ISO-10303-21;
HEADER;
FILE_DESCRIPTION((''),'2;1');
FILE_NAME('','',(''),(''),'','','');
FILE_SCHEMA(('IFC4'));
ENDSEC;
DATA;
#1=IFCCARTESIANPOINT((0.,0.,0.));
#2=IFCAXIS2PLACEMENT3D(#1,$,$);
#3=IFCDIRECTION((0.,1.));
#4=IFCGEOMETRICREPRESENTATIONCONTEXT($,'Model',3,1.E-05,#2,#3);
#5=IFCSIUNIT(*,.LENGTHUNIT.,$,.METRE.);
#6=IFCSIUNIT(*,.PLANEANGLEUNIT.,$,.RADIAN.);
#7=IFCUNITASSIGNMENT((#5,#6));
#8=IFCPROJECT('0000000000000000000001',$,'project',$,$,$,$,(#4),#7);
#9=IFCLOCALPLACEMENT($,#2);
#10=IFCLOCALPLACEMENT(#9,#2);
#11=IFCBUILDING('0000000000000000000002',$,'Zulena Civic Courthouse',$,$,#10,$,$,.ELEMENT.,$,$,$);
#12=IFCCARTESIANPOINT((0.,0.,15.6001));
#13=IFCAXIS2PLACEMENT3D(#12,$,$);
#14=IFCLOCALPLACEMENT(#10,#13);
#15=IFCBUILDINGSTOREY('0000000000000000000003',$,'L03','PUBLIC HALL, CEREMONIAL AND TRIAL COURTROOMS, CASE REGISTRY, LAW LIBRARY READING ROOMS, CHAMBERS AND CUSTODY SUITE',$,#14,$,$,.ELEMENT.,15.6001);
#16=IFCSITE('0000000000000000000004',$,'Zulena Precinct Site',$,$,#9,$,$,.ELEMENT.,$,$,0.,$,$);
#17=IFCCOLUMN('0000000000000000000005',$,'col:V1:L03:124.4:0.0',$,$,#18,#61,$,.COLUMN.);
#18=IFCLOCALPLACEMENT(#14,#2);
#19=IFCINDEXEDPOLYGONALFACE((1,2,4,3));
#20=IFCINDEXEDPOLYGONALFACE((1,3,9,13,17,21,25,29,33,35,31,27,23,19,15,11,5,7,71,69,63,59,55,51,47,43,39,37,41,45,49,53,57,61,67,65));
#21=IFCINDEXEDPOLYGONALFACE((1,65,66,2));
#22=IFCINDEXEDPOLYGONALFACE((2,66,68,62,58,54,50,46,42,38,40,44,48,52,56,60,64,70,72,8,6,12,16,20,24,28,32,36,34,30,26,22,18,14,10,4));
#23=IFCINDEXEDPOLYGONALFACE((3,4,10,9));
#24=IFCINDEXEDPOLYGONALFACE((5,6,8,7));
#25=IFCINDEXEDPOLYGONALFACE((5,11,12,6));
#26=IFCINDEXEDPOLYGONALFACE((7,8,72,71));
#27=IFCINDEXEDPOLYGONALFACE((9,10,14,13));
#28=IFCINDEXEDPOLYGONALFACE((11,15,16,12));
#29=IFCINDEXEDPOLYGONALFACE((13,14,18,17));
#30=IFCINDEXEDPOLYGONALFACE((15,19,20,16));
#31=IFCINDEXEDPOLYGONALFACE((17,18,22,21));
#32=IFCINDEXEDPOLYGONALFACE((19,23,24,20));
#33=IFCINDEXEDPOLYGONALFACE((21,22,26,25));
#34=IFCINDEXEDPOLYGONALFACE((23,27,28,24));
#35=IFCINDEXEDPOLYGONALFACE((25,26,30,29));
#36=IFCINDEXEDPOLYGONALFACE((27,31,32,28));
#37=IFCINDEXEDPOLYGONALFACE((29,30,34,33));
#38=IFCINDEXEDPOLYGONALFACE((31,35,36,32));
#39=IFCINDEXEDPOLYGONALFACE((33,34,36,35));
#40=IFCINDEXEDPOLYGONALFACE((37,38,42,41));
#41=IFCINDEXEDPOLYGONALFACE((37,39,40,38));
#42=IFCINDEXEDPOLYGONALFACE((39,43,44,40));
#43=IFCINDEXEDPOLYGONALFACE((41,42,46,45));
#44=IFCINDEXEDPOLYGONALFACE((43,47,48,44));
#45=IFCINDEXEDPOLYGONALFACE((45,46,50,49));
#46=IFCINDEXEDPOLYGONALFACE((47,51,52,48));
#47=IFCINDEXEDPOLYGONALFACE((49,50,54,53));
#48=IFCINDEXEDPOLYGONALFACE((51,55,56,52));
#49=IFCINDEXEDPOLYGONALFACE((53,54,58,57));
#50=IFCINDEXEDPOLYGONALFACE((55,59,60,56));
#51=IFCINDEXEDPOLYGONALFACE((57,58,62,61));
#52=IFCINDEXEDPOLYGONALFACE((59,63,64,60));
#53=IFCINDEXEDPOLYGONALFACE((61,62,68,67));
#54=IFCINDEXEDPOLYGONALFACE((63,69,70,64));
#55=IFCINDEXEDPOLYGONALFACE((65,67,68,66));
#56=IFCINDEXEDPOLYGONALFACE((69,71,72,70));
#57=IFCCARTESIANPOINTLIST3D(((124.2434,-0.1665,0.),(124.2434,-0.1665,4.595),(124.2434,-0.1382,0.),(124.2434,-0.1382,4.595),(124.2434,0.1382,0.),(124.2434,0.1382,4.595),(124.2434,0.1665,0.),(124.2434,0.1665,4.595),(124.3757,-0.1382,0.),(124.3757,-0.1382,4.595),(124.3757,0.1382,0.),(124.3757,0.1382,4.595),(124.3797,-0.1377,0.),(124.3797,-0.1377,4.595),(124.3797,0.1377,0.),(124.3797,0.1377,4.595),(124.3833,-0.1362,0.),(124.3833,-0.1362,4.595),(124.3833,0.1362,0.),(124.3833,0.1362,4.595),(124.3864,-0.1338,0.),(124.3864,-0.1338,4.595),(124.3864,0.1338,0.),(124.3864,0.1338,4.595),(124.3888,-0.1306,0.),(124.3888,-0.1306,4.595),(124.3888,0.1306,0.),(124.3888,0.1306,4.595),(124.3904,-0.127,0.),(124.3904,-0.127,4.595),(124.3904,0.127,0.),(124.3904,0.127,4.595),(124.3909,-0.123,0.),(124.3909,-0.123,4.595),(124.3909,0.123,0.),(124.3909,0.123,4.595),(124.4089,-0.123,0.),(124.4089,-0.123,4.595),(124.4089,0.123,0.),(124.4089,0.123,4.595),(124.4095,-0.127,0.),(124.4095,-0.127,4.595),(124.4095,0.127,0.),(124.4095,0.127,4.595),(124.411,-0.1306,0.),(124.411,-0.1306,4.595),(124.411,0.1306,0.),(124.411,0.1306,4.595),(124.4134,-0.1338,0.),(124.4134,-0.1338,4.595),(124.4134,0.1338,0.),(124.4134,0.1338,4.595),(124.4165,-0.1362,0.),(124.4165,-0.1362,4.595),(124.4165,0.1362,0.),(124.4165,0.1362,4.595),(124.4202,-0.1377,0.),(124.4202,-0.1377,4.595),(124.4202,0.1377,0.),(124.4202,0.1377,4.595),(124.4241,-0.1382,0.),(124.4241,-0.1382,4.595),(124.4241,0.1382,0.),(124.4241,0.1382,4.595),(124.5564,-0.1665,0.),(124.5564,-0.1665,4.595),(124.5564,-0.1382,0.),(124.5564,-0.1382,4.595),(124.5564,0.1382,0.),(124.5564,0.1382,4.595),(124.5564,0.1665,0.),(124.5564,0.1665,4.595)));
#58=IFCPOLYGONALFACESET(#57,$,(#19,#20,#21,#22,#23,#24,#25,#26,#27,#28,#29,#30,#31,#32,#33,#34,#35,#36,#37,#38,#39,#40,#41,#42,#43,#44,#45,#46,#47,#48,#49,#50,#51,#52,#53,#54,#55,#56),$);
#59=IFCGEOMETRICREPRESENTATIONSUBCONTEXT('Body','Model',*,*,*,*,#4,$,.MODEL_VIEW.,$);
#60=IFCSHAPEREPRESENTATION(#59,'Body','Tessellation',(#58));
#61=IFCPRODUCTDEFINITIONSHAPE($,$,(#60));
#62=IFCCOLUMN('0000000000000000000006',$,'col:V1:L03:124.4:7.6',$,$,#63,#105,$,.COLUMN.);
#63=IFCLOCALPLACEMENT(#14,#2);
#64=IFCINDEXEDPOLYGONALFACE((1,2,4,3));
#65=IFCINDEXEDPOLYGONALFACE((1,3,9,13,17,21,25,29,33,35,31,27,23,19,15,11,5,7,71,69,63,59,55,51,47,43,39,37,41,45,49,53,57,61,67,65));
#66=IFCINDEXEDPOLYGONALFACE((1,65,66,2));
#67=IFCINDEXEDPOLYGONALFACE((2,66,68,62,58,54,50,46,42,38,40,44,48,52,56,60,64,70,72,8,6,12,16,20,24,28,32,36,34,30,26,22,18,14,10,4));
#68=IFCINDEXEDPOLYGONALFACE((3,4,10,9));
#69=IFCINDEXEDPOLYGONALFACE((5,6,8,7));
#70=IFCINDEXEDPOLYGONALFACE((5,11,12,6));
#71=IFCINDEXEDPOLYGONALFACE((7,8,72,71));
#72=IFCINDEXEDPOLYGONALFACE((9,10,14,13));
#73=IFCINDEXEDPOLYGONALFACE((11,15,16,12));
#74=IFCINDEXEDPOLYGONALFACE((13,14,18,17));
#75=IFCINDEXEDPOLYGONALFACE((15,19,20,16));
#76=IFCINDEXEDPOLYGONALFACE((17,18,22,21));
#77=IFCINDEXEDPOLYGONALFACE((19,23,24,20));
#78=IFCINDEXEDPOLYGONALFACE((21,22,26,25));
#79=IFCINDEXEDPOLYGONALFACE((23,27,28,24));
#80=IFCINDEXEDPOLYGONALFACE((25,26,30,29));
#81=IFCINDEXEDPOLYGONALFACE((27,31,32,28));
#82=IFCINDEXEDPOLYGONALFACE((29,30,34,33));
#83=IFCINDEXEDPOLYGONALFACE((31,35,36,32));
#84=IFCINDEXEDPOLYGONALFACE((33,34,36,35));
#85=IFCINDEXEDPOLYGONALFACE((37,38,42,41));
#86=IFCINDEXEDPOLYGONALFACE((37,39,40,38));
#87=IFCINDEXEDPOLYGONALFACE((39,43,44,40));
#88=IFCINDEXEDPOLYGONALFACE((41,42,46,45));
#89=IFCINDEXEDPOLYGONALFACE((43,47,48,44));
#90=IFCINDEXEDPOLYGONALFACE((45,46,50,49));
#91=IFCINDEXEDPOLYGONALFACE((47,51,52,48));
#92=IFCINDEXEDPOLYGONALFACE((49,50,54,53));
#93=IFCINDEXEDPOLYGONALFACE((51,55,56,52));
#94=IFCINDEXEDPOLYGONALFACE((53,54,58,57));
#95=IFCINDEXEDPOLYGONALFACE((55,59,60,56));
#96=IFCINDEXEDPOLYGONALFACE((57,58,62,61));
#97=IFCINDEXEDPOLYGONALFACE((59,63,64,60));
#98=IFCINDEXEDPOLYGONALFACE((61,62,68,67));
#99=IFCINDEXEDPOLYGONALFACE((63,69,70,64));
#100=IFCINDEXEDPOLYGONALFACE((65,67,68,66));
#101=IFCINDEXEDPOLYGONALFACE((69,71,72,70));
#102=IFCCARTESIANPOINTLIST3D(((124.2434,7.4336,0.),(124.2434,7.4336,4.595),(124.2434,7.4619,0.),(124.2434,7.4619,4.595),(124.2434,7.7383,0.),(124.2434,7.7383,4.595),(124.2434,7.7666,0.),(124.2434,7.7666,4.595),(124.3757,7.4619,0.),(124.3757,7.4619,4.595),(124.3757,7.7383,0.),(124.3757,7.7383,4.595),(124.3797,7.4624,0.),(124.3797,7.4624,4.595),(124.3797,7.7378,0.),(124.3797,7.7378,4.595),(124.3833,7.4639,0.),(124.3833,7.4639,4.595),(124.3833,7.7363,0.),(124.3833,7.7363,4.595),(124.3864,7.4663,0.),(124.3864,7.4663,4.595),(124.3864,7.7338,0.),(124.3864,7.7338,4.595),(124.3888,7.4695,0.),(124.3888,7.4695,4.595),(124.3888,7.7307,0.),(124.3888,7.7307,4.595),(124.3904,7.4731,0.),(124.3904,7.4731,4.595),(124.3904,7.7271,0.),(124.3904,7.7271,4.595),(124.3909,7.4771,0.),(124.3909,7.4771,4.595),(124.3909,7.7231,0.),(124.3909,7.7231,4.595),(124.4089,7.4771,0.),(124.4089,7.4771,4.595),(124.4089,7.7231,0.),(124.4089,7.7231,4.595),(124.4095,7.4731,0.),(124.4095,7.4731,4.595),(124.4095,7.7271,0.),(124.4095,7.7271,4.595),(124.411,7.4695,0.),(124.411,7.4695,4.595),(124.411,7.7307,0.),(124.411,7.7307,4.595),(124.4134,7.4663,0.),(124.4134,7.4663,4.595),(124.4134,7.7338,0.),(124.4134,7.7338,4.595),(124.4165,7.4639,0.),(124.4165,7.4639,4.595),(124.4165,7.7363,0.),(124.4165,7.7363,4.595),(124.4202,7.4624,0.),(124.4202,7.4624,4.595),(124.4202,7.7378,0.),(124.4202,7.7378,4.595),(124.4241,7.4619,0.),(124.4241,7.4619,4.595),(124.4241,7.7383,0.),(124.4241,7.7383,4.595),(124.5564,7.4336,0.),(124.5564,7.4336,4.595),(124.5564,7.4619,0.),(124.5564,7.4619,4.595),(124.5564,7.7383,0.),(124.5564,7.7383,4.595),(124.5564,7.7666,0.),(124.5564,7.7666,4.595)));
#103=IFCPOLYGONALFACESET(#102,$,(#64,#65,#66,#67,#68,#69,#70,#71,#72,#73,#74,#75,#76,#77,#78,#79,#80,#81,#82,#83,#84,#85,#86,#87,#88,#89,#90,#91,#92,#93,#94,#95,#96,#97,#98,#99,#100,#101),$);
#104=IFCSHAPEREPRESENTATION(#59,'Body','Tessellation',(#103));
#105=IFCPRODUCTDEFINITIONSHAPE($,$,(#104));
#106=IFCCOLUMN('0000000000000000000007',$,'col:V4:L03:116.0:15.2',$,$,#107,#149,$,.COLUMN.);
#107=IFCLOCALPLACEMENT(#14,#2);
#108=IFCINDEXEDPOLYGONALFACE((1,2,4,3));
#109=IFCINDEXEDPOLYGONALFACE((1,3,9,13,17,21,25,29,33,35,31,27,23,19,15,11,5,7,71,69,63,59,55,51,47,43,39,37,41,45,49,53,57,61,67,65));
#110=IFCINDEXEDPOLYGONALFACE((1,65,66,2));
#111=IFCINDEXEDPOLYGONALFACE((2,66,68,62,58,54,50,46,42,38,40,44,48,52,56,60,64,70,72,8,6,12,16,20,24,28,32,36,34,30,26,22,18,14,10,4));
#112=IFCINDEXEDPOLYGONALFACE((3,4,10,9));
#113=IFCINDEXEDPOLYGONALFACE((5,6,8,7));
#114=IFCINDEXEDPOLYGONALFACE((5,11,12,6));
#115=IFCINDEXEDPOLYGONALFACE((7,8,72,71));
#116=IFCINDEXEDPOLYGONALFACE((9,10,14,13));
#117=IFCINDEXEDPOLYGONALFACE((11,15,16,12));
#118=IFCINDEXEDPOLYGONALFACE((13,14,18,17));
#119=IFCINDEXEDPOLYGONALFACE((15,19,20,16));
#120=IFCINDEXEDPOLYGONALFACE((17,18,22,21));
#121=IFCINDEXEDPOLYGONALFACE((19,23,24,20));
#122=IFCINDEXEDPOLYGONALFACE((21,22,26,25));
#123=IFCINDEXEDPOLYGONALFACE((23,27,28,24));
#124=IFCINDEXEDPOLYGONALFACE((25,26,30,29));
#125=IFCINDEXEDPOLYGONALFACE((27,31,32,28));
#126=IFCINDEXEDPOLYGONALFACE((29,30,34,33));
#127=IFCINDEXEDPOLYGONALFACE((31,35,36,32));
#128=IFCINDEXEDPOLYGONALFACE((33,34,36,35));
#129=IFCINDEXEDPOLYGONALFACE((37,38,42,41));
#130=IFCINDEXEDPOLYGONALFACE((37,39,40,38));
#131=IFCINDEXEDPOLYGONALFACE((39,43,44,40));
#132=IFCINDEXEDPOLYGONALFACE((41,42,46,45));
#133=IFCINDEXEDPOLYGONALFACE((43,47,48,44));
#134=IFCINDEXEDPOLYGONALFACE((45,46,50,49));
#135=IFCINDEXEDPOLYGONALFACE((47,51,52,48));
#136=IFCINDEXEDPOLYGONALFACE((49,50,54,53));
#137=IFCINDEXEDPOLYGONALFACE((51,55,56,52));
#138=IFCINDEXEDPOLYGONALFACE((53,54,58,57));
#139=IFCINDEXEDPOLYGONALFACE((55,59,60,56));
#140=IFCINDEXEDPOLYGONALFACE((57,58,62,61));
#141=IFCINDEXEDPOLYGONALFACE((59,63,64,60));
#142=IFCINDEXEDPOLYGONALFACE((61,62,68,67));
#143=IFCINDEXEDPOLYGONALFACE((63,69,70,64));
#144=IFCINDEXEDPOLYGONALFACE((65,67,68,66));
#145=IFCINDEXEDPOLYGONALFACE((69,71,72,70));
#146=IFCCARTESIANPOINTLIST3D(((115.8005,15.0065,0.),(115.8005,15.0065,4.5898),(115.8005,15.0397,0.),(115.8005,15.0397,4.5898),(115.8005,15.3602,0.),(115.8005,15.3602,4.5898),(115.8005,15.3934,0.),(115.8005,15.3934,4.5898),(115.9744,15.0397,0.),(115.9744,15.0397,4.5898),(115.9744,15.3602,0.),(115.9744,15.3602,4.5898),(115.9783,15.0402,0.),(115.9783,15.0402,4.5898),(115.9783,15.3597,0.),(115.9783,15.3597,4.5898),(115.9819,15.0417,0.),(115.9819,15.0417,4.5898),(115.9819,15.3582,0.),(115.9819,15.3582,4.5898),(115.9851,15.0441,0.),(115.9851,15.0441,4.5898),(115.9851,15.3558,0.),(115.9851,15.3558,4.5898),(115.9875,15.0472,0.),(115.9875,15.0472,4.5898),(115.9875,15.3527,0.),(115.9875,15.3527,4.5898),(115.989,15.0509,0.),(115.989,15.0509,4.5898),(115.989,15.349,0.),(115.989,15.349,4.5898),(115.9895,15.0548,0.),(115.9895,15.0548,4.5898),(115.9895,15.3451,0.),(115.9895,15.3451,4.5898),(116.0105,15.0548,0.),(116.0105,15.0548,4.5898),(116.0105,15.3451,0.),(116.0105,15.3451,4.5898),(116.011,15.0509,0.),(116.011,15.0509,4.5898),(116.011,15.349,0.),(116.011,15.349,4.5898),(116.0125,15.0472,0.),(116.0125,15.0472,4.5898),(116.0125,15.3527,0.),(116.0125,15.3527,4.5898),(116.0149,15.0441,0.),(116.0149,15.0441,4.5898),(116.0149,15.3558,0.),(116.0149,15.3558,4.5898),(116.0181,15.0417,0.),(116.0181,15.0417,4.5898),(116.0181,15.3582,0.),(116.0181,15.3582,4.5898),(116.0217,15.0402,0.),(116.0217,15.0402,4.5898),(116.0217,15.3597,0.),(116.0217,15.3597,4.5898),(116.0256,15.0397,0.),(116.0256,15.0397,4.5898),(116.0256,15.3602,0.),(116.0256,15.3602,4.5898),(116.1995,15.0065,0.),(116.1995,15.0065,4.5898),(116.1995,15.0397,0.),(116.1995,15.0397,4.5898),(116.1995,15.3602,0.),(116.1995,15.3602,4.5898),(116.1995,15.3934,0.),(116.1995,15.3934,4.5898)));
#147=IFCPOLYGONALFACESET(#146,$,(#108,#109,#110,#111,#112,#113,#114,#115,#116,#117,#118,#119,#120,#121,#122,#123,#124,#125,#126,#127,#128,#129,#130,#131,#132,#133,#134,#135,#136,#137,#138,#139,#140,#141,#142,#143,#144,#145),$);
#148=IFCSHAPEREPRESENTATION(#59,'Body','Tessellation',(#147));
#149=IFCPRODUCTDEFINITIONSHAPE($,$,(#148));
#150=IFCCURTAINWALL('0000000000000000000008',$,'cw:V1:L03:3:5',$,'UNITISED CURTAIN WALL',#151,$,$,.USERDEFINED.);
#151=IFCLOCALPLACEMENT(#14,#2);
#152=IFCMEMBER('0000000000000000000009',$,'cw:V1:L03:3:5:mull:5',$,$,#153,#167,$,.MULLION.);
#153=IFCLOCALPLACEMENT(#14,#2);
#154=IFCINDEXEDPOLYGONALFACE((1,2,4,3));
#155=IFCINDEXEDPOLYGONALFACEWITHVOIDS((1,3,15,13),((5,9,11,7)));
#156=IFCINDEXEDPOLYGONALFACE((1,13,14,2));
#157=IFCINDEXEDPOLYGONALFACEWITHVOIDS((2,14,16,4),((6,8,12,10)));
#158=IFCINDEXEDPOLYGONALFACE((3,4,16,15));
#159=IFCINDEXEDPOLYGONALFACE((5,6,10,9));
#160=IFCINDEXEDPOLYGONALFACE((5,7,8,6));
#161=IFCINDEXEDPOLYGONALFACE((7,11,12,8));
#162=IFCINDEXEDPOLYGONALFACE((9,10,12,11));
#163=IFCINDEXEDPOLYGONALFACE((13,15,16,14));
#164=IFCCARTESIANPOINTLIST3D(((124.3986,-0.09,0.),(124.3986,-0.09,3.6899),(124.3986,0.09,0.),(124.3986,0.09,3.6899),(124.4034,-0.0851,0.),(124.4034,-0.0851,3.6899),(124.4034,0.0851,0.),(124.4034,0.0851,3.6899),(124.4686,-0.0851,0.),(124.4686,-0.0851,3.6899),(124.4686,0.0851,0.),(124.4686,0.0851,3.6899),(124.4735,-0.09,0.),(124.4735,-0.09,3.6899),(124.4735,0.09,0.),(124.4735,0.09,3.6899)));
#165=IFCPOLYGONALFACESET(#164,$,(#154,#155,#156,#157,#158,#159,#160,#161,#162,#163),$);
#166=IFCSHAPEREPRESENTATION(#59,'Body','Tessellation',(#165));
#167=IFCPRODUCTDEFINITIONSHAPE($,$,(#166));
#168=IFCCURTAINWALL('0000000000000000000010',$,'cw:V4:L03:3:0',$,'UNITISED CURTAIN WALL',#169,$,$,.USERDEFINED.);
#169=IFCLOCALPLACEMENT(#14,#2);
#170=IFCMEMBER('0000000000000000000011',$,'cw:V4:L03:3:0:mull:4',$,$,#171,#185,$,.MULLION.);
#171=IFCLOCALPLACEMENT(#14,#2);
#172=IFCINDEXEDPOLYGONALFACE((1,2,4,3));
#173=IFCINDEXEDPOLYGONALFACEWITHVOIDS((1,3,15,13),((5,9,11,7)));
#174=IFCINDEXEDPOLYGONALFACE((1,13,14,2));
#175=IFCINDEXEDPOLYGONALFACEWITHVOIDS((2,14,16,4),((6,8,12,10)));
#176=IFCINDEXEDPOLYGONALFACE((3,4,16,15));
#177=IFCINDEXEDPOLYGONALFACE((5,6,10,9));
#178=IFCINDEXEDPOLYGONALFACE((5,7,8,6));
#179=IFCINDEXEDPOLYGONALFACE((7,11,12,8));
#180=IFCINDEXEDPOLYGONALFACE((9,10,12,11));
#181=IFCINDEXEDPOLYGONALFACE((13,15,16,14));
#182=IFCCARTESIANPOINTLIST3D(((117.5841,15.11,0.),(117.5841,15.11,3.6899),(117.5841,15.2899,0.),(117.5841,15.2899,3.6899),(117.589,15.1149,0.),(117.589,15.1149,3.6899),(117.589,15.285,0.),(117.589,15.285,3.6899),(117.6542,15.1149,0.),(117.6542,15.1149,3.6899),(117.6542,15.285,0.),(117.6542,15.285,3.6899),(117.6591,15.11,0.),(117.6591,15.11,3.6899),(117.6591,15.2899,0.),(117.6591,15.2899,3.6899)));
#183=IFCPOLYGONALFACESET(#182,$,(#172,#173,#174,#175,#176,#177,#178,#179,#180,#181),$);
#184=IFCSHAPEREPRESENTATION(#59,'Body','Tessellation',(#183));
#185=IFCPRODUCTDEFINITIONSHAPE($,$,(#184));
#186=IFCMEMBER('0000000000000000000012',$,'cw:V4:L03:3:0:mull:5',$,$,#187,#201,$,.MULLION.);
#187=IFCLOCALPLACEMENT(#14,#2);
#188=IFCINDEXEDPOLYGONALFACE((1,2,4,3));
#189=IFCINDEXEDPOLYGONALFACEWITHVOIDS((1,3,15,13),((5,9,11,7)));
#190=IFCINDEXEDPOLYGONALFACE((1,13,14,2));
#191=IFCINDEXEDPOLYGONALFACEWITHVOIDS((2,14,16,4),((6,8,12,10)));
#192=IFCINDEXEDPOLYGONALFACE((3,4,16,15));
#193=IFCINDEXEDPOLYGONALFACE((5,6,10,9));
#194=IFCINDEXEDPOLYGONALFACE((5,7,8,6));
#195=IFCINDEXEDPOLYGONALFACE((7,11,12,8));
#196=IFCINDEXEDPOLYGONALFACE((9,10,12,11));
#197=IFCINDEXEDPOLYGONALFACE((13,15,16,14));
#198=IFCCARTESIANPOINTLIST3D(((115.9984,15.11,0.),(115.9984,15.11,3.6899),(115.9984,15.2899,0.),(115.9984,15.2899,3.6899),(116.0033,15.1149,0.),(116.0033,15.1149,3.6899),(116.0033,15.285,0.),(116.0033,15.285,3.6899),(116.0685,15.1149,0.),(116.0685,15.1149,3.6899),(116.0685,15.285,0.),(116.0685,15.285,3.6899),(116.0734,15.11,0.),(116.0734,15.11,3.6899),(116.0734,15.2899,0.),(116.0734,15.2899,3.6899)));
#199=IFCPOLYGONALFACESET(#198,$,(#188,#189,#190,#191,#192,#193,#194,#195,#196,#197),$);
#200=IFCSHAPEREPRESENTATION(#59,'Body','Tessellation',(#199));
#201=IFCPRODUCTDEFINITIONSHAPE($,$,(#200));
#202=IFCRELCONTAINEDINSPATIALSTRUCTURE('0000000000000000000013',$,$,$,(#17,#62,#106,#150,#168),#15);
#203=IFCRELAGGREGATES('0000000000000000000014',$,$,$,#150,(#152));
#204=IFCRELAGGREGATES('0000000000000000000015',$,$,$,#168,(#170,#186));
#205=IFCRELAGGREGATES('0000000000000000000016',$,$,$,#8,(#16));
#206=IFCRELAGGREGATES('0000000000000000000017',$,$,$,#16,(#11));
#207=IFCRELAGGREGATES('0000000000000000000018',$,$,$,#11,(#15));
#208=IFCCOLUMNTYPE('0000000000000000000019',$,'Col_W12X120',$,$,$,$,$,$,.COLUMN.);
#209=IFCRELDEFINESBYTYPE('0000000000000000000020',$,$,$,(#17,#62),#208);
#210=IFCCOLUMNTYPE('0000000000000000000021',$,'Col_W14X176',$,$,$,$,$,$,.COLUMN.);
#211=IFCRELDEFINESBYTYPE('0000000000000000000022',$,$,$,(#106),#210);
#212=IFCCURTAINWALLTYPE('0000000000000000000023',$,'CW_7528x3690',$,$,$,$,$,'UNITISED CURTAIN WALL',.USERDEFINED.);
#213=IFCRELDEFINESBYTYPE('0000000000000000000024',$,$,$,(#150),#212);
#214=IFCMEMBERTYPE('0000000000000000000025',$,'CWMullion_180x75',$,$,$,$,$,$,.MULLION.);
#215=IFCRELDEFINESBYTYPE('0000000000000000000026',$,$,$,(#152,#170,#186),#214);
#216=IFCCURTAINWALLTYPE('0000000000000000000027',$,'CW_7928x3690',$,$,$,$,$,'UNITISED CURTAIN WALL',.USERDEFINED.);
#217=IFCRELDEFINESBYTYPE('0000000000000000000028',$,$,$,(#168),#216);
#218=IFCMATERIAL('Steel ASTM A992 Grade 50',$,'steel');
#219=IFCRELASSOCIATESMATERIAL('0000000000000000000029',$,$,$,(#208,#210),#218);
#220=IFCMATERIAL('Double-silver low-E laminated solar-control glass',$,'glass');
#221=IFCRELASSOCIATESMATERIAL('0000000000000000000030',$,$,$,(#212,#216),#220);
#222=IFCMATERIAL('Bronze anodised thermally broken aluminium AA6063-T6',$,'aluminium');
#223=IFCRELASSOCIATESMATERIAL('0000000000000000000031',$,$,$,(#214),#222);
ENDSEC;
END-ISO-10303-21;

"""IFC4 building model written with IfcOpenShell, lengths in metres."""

from ifc_helpers import new_model, si_unit, direction, frame, origin, origin_2d, place, context, subcontext, project, spatial, hollow_rectangle, i_section, extrude, material, material_profile, profile_set, type_object, element, aggregate, save


model = new_model("IFC4")

# Units and contexts
model_context = context("Model", 3, precision=1e-05, world=origin(), true_north=direction((0.0, 1.0)))
body_context = subcontext(model_context, "Body", "Model", "MODEL_VIEW")
ifc_project = project(units=[si_unit("LENGTHUNIT", "METRE"), si_unit("PLANEANGLEUNIT", "RADIAN")], contexts=[model_context])

# Site, building, storey
site_placement = place(None, origin())
site = spatial("IfcSite", under=ifc_project, at=site_placement, Name="Zulena Precinct Site", CompositionType="ELEMENT", RefElevation=0.0)
building_placement = place(site_placement, origin())
building = spatial("IfcBuilding", under=site, at=building_placement, Name="Zulena Civic Courthouse", CompositionType="ELEMENT")
storey_placement = place(building_placement, frame((0.0, 0.0, 15.6001)))
storey = spatial("IfcBuildingStorey", under=building, at=storey_placement, Name="L03", Description="PUBLIC HALL, CEREMONIAL AND TRIAL COURTROOMS, CASE REGISTRY, LAW LIBRARY READING ROOMS, CHAMBERS AND CUSTODY SUITE", CompositionType="ELEMENT", Elevation=15.6001)

# Columns
ifc_material_1 = material(Name="Steel ASTM A992 Grade 50", Category="steel")
ifc_material_profile_1 = material_profile(ifc_material_1, i_section(OverallWidth=0.313, OverallDepth=0.333, WebThickness=0.0181, FlangeThickness=0.0283, FilletRadius=0.0151, at=origin_2d()), Name="W12X120")
ifc_profile_set_1 = profile_set([ifc_material_profile_1], Name="Steel ASTM A992 Grade 50")
column_type_1 = type_object("IfcColumnType", Name="Col_W12X120", PredefinedType="COLUMN", material=ifc_profile_set_1)
for number, where, z_axis, x_axis, name in (
    (1, (124.3999, 0.0, 0.0), (0.0, 0.0, 1.0), (1.0, 0.0, 0.0), "col:V1:L03:124.4:0.0"),
    (2, (124.3999, 7.6001, 0.0), (0.0, 0.0, 1.0), (1.0, 0.0, 0.0), "col:V1:L03:124.4:7.6"),
):
    element("IfcColumn", number, at=place(storey_placement, frame(where, z_axis=z_axis, x_axis=x_axis)), inside=storey, type_object=column_type_1, Name=name, PredefinedType="COLUMN", context=body_context, shape_type="SweptSolid", body=[
        extrude(i_section(OverallWidth=0.313, OverallDepth=0.333, WebThickness=0.0181, FlangeThickness=0.0283, FilletRadius=0.0151, at=origin_2d()), origin(), (0.0, 0.0, 1.0), 4.595),
    ])
ifc_material_profile_2 = material_profile(ifc_material_1, i_section(OverallWidth=0.3989, OverallDepth=0.387, WebThickness=0.021, FlangeThickness=0.0332, FilletRadius=0.0151, at=origin_2d()), Name="W14X176")
ifc_profile_set_2 = profile_set([ifc_material_profile_2], Name="Steel ASTM A992 Grade 50")
column_type_2 = type_object("IfcColumnType", Name="Col_W14X176", PredefinedType="COLUMN", material=ifc_profile_set_2)
column_placement = place(storey_placement, frame((116.0, 15.2, 0.0), z_axis=(0.0, 0.0, 1.0), x_axis=(1.0, 0.0, 0.0)))
element("IfcColumn", 3, at=column_placement, inside=storey, type_object=column_type_2, Name="col:V4:L03:116.0:15.2", PredefinedType="COLUMN", context=body_context, shape_type="SweptSolid", body=[
    extrude(i_section(OverallWidth=0.3989, OverallDepth=0.387, WebThickness=0.021, FlangeThickness=0.0332, FilletRadius=0.0151, at=origin_2d()), origin(), (0.0, 0.0, 1.0), 4.5898),
])

# Curtain wall, member
ifc_material_2 = material(Name="Double-silver low-E laminated solar-control glass", Category="glass")
curtain_wall_type_1 = type_object("IfcCurtainWallType", Name="CW_7528x3690", ElementType="UNITISED CURTAIN WALL", PredefinedType="USERDEFINED", material=ifc_material_2)
curtain_wall_1_placement = place(storey_placement, origin())
curtain_wall_1 = element("IfcCurtainWall", 4, at=curtain_wall_1_placement, inside=storey, type_object=curtain_wall_type_1, Name="cw:V1:L03:3:5", ObjectType="UNITISED CURTAIN WALL", PredefinedType="USERDEFINED")
ifc_material_3 = material(Name="Bronze anodised thermally broken aluminium AA6063-T6", Category="aluminium")
ifc_material_profile_3 = material_profile(ifc_material_3, hollow_rectangle(XDim=0.075, YDim=0.1799, WallThickness=0.0049, at=origin_2d()), Name="CWM180X75X5")
ifc_profile_set_3 = profile_set([ifc_material_profile_3], Name="Bronze anodised thermally broken aluminium AA6063-T6")
member_type_1 = type_object("IfcMemberType", Name="CWMullion_180x75", PredefinedType="MULLION", material=ifc_profile_set_3)
member_1_placement = place(storey_placement, frame((124.436, 0.0, 0.0), z_axis=(0.0, 0.0, 1.0), x_axis=(1.0, 0.0, 0.0)))
member_1 = element("IfcMember", 5, at=member_1_placement, type_object=member_type_1, Name="cw:V1:L03:3:5:mull:5", PredefinedType="MULLION", context=body_context, shape_type="SweptSolid", body=[
    extrude(hollow_rectangle(XDim=0.075, YDim=0.1799, WallThickness=0.0049, at=origin_2d()), origin(), (0.0, 0.0, 1.0), 3.6899),
])
aggregate(curtain_wall_1, [member_1])

# Curtain wall, members
curtain_wall_type_2 = type_object("IfcCurtainWallType", Name="CW_7928x3690", ElementType="UNITISED CURTAIN WALL", PredefinedType="USERDEFINED", material=ifc_material_2)
curtain_wall_2_placement = place(storey_placement, origin())
curtain_wall_2 = element("IfcCurtainWall", 6, at=curtain_wall_2_placement, inside=storey, type_object=curtain_wall_type_2, Name="cw:V4:L03:3:0", ObjectType="UNITISED CURTAIN WALL", PredefinedType="USERDEFINED")
member_2_placement = place(storey_placement, frame((117.6216, 15.2, 0.0), z_axis=(0.0, 0.0, 1.0), x_axis=(1.0, 0.0, 0.0)))
member_2 = element("IfcMember", 7, at=member_2_placement, type_object=member_type_1, Name="cw:V4:L03:3:0:mull:4", PredefinedType="MULLION", context=body_context, shape_type="SweptSolid", body=[
    extrude(hollow_rectangle(XDim=0.075, YDim=0.1799, WallThickness=0.0049, at=origin_2d()), origin(), (0.0, 0.0, 1.0), 3.6899),
])
member_3_placement = place(storey_placement, frame((116.0359, 15.2, 0.0), z_axis=(0.0, 0.0, 1.0), x_axis=(1.0, 0.0, 0.0)))
member_3 = element("IfcMember", 8, at=member_3_placement, type_object=member_type_1, Name="cw:V4:L03:3:0:mull:5", PredefinedType="MULLION", context=body_context, shape_type="SweptSolid", body=[
    extrude(hollow_rectangle(XDim=0.075, YDim=0.1799, WallThickness=0.0049, at=origin_2d()), origin(), (0.0, 0.0, 1.0), 3.6899),
])

aggregate(curtain_wall_2, [member_2, member_3])

save(model, "model.ifc")
